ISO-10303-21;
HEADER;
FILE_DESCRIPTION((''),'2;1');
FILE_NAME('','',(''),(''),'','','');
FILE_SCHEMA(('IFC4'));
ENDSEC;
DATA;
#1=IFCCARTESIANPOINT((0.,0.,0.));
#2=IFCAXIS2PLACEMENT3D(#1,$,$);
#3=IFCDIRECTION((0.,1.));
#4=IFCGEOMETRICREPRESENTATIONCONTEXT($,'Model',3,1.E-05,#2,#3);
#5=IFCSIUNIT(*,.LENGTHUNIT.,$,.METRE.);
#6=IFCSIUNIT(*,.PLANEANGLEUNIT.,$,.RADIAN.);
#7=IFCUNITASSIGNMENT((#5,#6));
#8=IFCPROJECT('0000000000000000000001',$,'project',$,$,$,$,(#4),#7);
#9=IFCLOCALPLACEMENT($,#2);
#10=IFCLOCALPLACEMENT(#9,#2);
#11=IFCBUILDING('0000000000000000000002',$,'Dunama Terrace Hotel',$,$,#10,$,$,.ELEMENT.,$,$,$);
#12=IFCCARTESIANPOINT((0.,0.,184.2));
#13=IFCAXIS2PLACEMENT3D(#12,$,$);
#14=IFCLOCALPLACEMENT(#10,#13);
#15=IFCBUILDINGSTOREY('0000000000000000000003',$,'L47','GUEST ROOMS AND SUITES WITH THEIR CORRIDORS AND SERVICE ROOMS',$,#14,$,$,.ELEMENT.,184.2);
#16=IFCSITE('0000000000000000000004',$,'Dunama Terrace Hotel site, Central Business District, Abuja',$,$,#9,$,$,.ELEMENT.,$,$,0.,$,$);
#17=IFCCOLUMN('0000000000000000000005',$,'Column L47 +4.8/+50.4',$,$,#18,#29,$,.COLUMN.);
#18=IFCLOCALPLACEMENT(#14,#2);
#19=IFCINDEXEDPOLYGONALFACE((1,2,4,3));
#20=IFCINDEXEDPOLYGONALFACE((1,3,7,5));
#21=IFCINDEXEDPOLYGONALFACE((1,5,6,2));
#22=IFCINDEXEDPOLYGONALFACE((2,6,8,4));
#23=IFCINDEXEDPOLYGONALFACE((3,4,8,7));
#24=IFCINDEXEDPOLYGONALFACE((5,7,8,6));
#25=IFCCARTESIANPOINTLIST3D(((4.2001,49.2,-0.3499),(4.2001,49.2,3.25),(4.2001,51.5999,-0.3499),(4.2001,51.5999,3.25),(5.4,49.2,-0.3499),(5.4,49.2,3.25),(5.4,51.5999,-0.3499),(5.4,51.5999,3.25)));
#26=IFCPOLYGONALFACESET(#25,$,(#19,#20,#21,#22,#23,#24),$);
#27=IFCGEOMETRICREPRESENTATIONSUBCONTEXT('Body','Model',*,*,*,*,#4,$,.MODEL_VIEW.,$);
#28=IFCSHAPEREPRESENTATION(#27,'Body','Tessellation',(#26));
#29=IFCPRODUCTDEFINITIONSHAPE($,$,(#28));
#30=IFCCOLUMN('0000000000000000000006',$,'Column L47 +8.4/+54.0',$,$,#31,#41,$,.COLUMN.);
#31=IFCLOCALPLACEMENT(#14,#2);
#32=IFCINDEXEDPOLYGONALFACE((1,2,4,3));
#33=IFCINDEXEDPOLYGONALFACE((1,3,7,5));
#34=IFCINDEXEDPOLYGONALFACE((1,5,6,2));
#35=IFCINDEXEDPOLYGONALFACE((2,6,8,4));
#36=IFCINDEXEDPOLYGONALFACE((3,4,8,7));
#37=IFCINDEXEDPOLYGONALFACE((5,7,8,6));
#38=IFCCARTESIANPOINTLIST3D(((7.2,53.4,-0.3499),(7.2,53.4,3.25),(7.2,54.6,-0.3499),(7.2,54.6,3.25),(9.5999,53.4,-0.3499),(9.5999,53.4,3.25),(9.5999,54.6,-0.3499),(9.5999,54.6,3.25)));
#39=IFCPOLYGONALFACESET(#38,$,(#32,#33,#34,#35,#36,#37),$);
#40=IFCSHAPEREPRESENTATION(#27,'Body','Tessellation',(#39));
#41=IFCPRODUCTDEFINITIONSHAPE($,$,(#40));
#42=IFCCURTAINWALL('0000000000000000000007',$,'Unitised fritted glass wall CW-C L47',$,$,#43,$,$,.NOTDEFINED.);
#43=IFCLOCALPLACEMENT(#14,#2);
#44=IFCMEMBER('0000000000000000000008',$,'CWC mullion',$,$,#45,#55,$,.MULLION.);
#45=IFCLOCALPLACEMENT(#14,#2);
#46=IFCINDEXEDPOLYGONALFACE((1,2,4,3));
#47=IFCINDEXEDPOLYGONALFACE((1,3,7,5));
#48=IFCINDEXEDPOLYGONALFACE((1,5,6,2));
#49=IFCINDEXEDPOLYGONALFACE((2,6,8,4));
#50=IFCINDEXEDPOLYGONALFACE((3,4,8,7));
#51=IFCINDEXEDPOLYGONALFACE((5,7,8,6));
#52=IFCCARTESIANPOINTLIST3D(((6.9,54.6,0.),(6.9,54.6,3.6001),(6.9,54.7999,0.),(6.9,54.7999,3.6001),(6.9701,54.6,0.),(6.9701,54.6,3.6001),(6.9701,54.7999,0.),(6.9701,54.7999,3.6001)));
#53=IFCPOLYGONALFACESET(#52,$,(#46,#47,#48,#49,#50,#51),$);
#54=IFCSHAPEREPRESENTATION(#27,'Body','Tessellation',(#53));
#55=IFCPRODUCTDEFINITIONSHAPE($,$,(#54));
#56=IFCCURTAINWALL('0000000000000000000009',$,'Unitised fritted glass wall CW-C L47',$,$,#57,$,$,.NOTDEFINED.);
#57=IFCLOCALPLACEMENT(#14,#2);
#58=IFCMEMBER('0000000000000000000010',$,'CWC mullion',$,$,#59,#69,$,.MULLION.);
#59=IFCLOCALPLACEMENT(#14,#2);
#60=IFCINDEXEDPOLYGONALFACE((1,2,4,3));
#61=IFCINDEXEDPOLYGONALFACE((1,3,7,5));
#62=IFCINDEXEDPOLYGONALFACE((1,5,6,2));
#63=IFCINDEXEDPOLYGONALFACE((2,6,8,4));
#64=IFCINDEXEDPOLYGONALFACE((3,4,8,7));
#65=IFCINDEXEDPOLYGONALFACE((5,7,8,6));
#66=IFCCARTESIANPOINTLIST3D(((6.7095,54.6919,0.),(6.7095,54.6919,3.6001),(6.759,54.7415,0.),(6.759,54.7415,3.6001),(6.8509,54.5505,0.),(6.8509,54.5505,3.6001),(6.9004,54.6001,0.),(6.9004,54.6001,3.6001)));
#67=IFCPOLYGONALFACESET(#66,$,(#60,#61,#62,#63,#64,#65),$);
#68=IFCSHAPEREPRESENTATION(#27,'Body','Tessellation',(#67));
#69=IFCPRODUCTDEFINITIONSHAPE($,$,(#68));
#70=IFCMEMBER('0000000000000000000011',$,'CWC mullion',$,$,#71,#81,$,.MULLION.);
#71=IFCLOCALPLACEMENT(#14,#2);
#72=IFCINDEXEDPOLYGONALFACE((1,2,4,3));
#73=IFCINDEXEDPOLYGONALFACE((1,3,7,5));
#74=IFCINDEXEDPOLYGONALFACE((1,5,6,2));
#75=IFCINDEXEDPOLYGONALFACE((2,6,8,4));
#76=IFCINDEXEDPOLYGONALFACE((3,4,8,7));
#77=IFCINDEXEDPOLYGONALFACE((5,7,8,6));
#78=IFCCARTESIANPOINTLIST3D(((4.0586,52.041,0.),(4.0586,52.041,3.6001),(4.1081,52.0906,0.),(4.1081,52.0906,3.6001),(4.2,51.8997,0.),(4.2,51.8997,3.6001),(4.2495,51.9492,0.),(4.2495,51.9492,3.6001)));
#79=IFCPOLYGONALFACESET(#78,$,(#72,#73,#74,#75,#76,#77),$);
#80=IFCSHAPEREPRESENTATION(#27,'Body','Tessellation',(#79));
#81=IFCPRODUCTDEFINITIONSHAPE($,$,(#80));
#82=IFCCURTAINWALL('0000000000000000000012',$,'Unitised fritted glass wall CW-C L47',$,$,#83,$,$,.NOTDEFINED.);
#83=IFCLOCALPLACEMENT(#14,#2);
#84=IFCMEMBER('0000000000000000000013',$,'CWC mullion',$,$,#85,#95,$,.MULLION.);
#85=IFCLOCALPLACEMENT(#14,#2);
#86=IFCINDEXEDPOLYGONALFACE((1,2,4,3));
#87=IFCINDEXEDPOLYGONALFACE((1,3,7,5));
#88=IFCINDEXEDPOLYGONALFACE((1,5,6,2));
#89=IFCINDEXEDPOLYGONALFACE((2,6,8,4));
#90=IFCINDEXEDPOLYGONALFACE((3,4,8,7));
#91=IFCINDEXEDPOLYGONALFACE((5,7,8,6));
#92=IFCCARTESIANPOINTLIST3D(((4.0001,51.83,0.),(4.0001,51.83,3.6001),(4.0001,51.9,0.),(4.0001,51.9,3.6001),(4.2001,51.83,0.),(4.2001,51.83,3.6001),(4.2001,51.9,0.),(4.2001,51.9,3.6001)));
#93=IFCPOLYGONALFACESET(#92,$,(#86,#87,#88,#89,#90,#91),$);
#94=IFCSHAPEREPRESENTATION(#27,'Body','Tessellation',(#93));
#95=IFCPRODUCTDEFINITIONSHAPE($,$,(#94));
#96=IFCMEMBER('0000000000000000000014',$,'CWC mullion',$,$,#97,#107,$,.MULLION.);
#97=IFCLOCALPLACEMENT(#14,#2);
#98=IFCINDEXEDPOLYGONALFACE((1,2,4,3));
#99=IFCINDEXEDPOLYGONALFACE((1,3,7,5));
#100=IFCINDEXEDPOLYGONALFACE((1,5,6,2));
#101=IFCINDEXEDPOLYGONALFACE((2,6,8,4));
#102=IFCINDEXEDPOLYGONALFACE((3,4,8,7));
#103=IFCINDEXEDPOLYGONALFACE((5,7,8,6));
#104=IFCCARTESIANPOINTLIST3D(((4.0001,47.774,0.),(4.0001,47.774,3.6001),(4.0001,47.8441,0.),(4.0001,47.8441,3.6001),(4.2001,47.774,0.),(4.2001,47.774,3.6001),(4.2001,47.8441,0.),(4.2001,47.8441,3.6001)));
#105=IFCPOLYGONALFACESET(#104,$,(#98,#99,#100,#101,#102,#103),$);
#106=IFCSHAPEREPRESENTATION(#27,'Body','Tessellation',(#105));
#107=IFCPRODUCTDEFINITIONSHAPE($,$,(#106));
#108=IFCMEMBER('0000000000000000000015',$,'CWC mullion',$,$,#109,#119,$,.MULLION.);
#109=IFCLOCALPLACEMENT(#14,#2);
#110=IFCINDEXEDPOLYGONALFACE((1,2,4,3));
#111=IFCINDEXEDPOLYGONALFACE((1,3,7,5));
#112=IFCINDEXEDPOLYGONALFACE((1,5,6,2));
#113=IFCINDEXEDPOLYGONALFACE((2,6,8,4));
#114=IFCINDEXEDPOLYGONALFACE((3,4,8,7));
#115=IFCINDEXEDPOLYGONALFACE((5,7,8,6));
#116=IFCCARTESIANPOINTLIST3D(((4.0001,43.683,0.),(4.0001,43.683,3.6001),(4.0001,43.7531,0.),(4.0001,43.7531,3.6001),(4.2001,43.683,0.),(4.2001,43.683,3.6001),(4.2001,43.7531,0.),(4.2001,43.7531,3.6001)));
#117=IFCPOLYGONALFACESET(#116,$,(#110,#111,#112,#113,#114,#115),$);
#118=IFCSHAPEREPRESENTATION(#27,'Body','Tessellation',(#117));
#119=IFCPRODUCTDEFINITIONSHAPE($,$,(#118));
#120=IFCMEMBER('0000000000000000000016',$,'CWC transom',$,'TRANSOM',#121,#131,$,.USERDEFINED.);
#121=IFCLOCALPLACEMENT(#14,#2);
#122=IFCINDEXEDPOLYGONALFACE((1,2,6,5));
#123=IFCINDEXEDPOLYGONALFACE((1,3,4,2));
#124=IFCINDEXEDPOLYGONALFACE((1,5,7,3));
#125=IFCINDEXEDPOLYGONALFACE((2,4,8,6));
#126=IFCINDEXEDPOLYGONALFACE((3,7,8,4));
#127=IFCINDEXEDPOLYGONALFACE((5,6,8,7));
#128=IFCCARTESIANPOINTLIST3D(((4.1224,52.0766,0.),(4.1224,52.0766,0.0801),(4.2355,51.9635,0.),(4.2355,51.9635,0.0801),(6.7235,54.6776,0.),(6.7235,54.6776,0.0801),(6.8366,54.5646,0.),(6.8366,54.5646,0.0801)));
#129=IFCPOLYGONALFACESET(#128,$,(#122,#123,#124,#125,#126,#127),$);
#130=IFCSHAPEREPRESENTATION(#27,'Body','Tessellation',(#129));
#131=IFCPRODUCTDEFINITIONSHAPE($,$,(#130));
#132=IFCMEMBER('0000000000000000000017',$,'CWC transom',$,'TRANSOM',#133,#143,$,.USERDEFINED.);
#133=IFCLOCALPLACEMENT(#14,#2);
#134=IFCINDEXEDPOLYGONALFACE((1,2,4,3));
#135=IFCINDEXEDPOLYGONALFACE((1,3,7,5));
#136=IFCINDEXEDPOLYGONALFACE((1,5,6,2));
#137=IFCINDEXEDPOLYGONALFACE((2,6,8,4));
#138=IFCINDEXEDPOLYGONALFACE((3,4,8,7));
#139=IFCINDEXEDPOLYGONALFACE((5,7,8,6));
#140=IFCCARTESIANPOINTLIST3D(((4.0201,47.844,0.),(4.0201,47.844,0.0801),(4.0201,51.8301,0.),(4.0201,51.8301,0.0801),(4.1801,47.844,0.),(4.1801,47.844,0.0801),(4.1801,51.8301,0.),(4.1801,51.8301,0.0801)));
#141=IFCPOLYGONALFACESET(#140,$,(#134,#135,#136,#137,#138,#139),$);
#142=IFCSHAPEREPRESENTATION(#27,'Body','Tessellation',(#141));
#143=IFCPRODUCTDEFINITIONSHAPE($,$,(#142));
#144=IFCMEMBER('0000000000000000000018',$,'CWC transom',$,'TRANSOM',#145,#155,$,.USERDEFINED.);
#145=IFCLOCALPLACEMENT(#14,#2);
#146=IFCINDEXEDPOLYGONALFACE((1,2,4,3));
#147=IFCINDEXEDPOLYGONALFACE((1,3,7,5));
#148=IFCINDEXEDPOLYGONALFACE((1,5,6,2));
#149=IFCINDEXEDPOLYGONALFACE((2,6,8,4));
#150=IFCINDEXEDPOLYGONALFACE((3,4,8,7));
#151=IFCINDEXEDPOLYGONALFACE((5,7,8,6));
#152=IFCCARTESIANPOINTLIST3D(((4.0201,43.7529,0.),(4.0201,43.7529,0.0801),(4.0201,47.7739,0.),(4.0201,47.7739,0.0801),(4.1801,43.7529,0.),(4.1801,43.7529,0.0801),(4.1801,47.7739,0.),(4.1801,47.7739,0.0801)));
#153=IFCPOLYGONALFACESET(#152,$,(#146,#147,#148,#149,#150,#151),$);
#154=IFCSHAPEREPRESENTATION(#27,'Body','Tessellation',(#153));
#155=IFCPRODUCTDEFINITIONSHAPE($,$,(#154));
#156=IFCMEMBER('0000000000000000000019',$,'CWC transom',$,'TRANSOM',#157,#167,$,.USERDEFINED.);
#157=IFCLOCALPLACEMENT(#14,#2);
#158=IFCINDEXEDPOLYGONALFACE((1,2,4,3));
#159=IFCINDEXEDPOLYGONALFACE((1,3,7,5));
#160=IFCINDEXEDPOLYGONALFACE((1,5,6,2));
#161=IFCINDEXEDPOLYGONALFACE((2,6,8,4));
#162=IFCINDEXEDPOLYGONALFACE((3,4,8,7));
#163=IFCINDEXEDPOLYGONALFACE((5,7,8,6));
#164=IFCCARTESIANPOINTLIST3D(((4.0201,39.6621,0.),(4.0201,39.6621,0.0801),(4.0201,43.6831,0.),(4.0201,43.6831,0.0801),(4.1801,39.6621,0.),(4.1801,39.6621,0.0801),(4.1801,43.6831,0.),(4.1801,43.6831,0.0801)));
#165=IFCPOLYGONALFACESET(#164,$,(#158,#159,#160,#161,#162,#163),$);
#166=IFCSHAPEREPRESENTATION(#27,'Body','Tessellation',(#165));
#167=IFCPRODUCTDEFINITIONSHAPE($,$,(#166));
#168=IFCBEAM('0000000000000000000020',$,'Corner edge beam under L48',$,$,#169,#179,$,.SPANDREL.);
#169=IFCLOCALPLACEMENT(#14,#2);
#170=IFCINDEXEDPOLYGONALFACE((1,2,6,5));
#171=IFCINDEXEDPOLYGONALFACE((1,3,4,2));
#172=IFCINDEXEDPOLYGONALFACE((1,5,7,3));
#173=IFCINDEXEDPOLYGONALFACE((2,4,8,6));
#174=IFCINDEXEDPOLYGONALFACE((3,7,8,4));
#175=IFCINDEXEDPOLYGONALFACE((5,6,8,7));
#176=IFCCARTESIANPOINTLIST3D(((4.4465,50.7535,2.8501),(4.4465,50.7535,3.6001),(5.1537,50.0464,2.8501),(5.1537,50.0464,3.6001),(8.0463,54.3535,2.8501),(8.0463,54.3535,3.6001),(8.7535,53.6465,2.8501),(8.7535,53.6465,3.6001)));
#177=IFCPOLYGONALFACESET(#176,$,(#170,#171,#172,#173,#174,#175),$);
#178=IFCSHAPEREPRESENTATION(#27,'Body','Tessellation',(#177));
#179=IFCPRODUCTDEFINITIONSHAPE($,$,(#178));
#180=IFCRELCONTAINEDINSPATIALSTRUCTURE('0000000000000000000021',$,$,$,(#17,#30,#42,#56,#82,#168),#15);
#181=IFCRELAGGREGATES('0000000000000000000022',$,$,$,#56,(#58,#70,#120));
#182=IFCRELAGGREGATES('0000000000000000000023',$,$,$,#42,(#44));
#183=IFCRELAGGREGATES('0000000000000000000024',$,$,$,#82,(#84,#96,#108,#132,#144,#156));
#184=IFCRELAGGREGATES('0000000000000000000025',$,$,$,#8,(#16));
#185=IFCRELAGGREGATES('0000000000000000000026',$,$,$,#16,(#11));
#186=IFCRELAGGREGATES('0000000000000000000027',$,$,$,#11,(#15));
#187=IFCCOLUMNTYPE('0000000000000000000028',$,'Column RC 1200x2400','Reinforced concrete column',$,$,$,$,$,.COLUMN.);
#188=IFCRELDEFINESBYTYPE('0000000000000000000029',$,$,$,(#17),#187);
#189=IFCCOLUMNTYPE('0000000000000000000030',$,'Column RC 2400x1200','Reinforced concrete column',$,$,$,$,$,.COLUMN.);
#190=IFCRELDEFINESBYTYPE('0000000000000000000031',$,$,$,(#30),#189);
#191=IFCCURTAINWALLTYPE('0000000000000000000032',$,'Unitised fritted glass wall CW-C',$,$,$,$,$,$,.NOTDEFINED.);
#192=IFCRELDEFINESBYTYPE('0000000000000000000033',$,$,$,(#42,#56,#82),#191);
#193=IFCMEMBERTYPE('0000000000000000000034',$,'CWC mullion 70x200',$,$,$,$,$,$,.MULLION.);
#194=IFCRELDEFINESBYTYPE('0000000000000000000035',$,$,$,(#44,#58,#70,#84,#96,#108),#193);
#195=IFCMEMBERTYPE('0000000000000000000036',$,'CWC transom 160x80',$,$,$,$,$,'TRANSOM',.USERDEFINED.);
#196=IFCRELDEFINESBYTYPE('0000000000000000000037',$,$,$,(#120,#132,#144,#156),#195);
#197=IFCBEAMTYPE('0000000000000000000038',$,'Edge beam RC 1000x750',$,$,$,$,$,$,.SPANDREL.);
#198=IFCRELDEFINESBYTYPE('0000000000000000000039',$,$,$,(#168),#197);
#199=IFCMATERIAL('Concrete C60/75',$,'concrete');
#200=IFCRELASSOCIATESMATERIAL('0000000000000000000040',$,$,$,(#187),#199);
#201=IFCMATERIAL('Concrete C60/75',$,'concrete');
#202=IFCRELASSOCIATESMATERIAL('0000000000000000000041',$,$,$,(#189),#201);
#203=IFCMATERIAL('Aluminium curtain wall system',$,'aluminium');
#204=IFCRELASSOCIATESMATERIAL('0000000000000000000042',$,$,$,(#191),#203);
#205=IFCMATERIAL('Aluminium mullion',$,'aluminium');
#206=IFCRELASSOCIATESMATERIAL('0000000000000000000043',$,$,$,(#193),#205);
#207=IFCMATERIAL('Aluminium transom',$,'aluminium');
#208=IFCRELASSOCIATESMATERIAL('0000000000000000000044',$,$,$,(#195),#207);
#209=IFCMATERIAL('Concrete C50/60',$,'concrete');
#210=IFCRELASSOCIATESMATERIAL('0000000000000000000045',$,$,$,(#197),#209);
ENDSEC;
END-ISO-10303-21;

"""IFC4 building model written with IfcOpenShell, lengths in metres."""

from ifc_helpers import new_model, si_unit, direction, frame, origin, origin_2d, place, context, subcontext, project, spatial, rectangle, extrude, material, material_profile, profile_set, type_object, element, aggregate, save


model = new_model("IFC4")

# Units and contexts
model_context = context("Model", 3, precision=1e-05, world=origin(), true_north=direction((0.0, 1.0)))
body_context = subcontext(model_context, "Body", "Model", "MODEL_VIEW")
ifc_project = project(units=[si_unit("LENGTHUNIT", "METRE"), si_unit("PLANEANGLEUNIT", "RADIAN")], contexts=[model_context])

# Site, building, storey
site_placement = place(None, origin())
site = spatial("IfcSite", under=ifc_project, at=site_placement, Name="Dunama Terrace Hotel site, Central Business District, Abuja", CompositionType="ELEMENT", RefElevation=0.0)
building_placement = place(site_placement, origin())
building = spatial("IfcBuilding", under=site, at=building_placement, Name="Dunama Terrace Hotel", CompositionType="ELEMENT")
storey_placement = place(building_placement, frame((0.0, 0.0, 184.2)))
storey = spatial("IfcBuildingStorey", under=building, at=storey_placement, Name="L47", Description="GUEST ROOMS AND SUITES WITH THEIR CORRIDORS AND SERVICE ROOMS", CompositionType="ELEMENT", Elevation=184.2)

# Columns
ifc_material_1 = material(Name="Concrete C60/75", Category="concrete")
ifc_material_profile_1 = material_profile(ifc_material_1, rectangle(XDim=1.2, YDim=2.3999, at=origin_2d()), Name="RC 1200x2400")
ifc_profile_set_1 = profile_set([ifc_material_profile_1], Name="Concrete C60/75")
column_type_1 = type_object("IfcColumnType", Name="Column RC 1200x2400", Description="Reinforced concrete column", PredefinedType="COLUMN", material=ifc_profile_set_1)
column_1_placement = place(storey_placement, frame((4.8, 50.3999, -0.3499), z_axis=(0.0, 0.0, 1.0), x_axis=(1.0, 0.0, 0.0)))
element("IfcColumn", 1, at=column_1_placement, inside=storey, type_object=column_type_1, Name="Column L47 +4.8/+50.4", PredefinedType="COLUMN", context=body_context, shape_type="SweptSolid", body=[
    extrude(rectangle(XDim=1.2, YDim=2.3999, at=origin_2d()), origin(), (0.0, 0.0, 1.0), 3.5999),
])
ifc_material_2 = material(Name="Concrete C60/75", Category="concrete")
ifc_material_profile_2 = material_profile(ifc_material_2, rectangle(XDim=2.3999, YDim=1.2, at=origin_2d()), Name="RC 2400x1200")
ifc_profile_set_2 = profile_set([ifc_material_profile_2], Name="Concrete C60/75")
column_type_2 = type_object("IfcColumnType", Name="Column RC 2400x1200", Description="Reinforced concrete column", PredefinedType="COLUMN", material=ifc_profile_set_2)
column_2_placement = place(storey_placement, frame((8.3999, 54.0, -0.3499), z_axis=(0.0, 0.0, 1.0), x_axis=(1.0, 0.0, 0.0)))
element("IfcColumn", 2, at=column_2_placement, inside=storey, type_object=column_type_2, Name="Column L47 +8.4/+54.0", PredefinedType="COLUMN", context=body_context, shape_type="SweptSolid", body=[
    extrude(rectangle(XDim=2.3999, YDim=1.2, at=origin_2d()), origin(), (0.0, 0.0, 1.0), 3.5999),
])

# Curtain wall, member
ifc_material_3 = material(Name="Aluminium curtain wall system", Category="aluminium")
curtain_wall_type = type_object("IfcCurtainWallType", Name="Unitised fritted glass wall CW-C", PredefinedType="NOTDEFINED", material=ifc_material_3)
curtain_wall_1_placement = place(storey_placement, origin())
curtain_wall_1 = element("IfcCurtainWall", 3, at=curtain_wall_1_placement, inside=storey, type_object=curtain_wall_type, Name="Unitised fritted glass wall CW-C L47", PredefinedType="NOTDEFINED")
ifc_material_4 = material(Name="Aluminium mullion", Category="aluminium")
ifc_material_profile_3 = material_profile(ifc_material_4, rectangle(XDim=0.0701, YDim=0.2, at=origin_2d()), Name="CWC MULLION 70X200")
ifc_profile_set_3 = profile_set([ifc_material_profile_3], Name="Aluminium mullion")
member_type_1 = type_object("IfcMemberType", Name="CWC mullion 70x200", PredefinedType="MULLION", material=ifc_profile_set_3)
member_1_placement = place(storey_placement, frame((6.9351, 54.7, 0.0), z_axis=(0.0, 0.0, 1.0), x_axis=(-1.0, 0.0, 0.0)))
member_1 = element("IfcMember", 4, at=member_1_placement, type_object=member_type_1, Name="CWC mullion", PredefinedType="MULLION", context=body_context, shape_type="SweptSolid", body=[
    extrude(rectangle(XDim=0.0701, YDim=0.2, at=origin_2d()), origin(), (0.0, 0.0, 1.0), 3.6001),
])

# Curtain walls, members
curtain_wall_2_placement = place(storey_placement, origin())
curtain_wall_2 = element("IfcCurtainWall", 5, at=curtain_wall_2_placement, inside=storey, type_object=curtain_wall_type, Name="Unitised fritted glass wall CW-C L47", PredefinedType="NOTDEFINED")
member_2_placement = place(storey_placement, frame((6.8049, 54.646, 0.0), z_axis=(0.0, 0.0, 1.0), x_axis=(-0.707107, -0.707107, 0.0)))
member_2 = element("IfcMember", 6, at=member_2_placement, type_object=member_type_1, Name="CWC mullion", PredefinedType="MULLION", context=body_context, shape_type="SweptSolid", body=[
    extrude(rectangle(XDim=0.0701, YDim=0.2, at=origin_2d()), origin(), (0.0, 0.0, 1.0), 3.6001),
])
member_3_placement = place(storey_placement, frame((4.1541, 51.9951, 0.0), z_axis=(0.0, 0.0, 1.0), x_axis=(-0.707107, -0.707107, 0.0)))
member_3 = element("IfcMember", 7, at=member_3_placement, type_object=member_type_1, Name="CWC mullion", PredefinedType="MULLION", context=body_context, shape_type="SweptSolid", body=[
    extrude(rectangle(XDim=0.0701, YDim=0.2, at=origin_2d()), origin(), (0.0, 0.0, 1.0), 3.6001),
])
curtain_wall_3_placement = place(storey_placement, origin())
curtain_wall_3 = element("IfcCurtainWall", 8, at=curtain_wall_3_placement, inside=storey, type_object=curtain_wall_type, Name="Unitised fritted glass wall CW-C L47", PredefinedType="NOTDEFINED")
member_4_placement = place(storey_placement, frame((4.1001, 51.865, 0.0), z_axis=(0.0, 0.0, 1.0), x_axis=(0.0, -1.0, 0.0)))
member_4 = element("IfcMember", 9, at=member_4_placement, type_object=member_type_1, Name="CWC mullion", PredefinedType="MULLION", context=body_context, shape_type="SweptSolid", body=[
    extrude(rectangle(XDim=0.0701, YDim=0.2, at=origin_2d()), origin(), (0.0, 0.0, 1.0), 3.6001),
])
member_5_placement = place(storey_placement, frame((4.1001, 47.8091, 0.0), z_axis=(0.0, 0.0, 1.0), x_axis=(0.0, -1.0, 0.0)))
member_5 = element("IfcMember", 10, at=member_5_placement, type_object=member_type_1, Name="CWC mullion", PredefinedType="MULLION", context=body_context, shape_type="SweptSolid", body=[
    extrude(rectangle(XDim=0.0701, YDim=0.2, at=origin_2d()), origin(), (0.0, 0.0, 1.0), 3.6001),
])
member_6_placement = place(storey_placement, frame((4.1001, 43.718, 0.0), z_axis=(0.0, 0.0, 1.0), x_axis=(0.0, -1.0, 0.0)))
member_6 = element("IfcMember", 11, at=member_6_placement, type_object=member_type_1, Name="CWC mullion", PredefinedType="MULLION", context=body_context, shape_type="SweptSolid", body=[
    extrude(rectangle(XDim=0.0701, YDim=0.2, at=origin_2d()), origin(), (0.0, 0.0, 1.0), 3.6001),
])

# Members
ifc_material_5 = material(Name="Aluminium transom", Category="aluminium")
ifc_material_profile_4 = material_profile(ifc_material_5, rectangle(XDim=0.1599, YDim=0.0801, at=origin_2d()), Name="CWC TRANSOM 160X80")
ifc_profile_set_4 = profile_set([ifc_material_profile_4], Name="Aluminium transom")
member_type_2 = type_object("IfcMemberType", Name="CWC transom 160x80", ElementType="TRANSOM", PredefinedType="USERDEFINED", material=ifc_profile_set_4)
member_7_placement = place(storey_placement, frame((6.78, 54.6211, 0.04), z_axis=(-0.707107, -0.707107, 0.0), x_axis=(0.707107, -0.707107, 0.0)))
member_7 = element("IfcMember", 12, at=member_7_placement, type_object=member_type_2, Name="CWC transom", ObjectType="TRANSOM", PredefinedType="USERDEFINED", context=body_context, shape_type="SweptSolid", body=[
    extrude(rectangle(XDim=0.1599, YDim=0.0801, at=origin_2d()), origin(), (0.0, 0.0, 1.0), 3.6785),
])
member_8_placement = place(storey_placement, frame((4.1001, 51.8301, 0.04), z_axis=(0.0, -1.0, 0.0), x_axis=(1.0, 0.0, 0.0)))
member_8 = element("IfcMember", 13, at=member_8_placement, type_object=member_type_2, Name="CWC transom", ObjectType="TRANSOM", PredefinedType="USERDEFINED", context=body_context, shape_type="SweptSolid", body=[
    extrude(rectangle(XDim=0.1599, YDim=0.0801, at=origin_2d()), origin(), (0.0, 0.0, 1.0), 3.9861),
])
member_9_placement = place(storey_placement, frame((4.1001, 47.7739, 0.04), z_axis=(0.0, -1.0, 0.0), x_axis=(1.0, 0.0, 0.0)))
member_9 = element("IfcMember", 14, at=member_9_placement, type_object=member_type_2, Name="CWC transom", ObjectType="TRANSOM", PredefinedType="USERDEFINED", context=body_context, shape_type="SweptSolid", body=[
    extrude(rectangle(XDim=0.1599, YDim=0.0801, at=origin_2d()), origin(), (0.0, 0.0, 1.0), 4.021),
])
member_10_placement = place(storey_placement, frame((4.1001, 43.6831, 0.04), z_axis=(0.0, -1.0, 0.0), x_axis=(1.0, 0.0, 0.0)))
member_10 = element("IfcMember", 15, at=member_10_placement, type_object=member_type_2, Name="CWC transom", ObjectType="TRANSOM", PredefinedType="USERDEFINED", context=body_context, shape_type="SweptSolid", body=[
    extrude(rectangle(XDim=0.1599, YDim=0.0801, at=origin_2d()), origin(), (0.0, 0.0, 1.0), 4.021),
])

# Beam
ifc_material_6 = material(Name="Concrete C50/60", Category="concrete")
ifc_material_profile_5 = material_profile(ifc_material_6, rectangle(XDim=1.0, YDim=0.75, at=origin_2d()), Name="RC 1000x750")
ifc_profile_set_5 = profile_set([ifc_material_profile_5], Name="Concrete C50/60")
beam_type_1 = type_object("IfcBeamType", Name="Edge beam RC 1000x750", PredefinedType="SPANDREL", material=ifc_profile_set_5)
beam_1_placement = place(storey_placement, frame((8.3999, 54.0, 3.2251), z_axis=(-0.707083, -0.707131, 0.0), x_axis=(0.707131, -0.707083, 0.0)))
element("IfcBeam", 16, at=beam_1_placement, inside=storey, type_object=beam_type_1, Name="Corner edge beam under L48", PredefinedType="SPANDREL", context=body_context, shape_type="SweptSolid", body=[
    extrude(rectangle(XDim=1.0, YDim=0.75, at=origin_2d()), origin(), (0.0, 0.0, 1.0), 5.0911),
])

aggregate(curtain_wall_2, [member_2, member_3, member_7])
aggregate(curtain_wall_1, [member_1])
aggregate(curtain_wall_3, [member_4, member_5, member_6, member_8, member_9, member_10])

save(model, "model.ifc")
